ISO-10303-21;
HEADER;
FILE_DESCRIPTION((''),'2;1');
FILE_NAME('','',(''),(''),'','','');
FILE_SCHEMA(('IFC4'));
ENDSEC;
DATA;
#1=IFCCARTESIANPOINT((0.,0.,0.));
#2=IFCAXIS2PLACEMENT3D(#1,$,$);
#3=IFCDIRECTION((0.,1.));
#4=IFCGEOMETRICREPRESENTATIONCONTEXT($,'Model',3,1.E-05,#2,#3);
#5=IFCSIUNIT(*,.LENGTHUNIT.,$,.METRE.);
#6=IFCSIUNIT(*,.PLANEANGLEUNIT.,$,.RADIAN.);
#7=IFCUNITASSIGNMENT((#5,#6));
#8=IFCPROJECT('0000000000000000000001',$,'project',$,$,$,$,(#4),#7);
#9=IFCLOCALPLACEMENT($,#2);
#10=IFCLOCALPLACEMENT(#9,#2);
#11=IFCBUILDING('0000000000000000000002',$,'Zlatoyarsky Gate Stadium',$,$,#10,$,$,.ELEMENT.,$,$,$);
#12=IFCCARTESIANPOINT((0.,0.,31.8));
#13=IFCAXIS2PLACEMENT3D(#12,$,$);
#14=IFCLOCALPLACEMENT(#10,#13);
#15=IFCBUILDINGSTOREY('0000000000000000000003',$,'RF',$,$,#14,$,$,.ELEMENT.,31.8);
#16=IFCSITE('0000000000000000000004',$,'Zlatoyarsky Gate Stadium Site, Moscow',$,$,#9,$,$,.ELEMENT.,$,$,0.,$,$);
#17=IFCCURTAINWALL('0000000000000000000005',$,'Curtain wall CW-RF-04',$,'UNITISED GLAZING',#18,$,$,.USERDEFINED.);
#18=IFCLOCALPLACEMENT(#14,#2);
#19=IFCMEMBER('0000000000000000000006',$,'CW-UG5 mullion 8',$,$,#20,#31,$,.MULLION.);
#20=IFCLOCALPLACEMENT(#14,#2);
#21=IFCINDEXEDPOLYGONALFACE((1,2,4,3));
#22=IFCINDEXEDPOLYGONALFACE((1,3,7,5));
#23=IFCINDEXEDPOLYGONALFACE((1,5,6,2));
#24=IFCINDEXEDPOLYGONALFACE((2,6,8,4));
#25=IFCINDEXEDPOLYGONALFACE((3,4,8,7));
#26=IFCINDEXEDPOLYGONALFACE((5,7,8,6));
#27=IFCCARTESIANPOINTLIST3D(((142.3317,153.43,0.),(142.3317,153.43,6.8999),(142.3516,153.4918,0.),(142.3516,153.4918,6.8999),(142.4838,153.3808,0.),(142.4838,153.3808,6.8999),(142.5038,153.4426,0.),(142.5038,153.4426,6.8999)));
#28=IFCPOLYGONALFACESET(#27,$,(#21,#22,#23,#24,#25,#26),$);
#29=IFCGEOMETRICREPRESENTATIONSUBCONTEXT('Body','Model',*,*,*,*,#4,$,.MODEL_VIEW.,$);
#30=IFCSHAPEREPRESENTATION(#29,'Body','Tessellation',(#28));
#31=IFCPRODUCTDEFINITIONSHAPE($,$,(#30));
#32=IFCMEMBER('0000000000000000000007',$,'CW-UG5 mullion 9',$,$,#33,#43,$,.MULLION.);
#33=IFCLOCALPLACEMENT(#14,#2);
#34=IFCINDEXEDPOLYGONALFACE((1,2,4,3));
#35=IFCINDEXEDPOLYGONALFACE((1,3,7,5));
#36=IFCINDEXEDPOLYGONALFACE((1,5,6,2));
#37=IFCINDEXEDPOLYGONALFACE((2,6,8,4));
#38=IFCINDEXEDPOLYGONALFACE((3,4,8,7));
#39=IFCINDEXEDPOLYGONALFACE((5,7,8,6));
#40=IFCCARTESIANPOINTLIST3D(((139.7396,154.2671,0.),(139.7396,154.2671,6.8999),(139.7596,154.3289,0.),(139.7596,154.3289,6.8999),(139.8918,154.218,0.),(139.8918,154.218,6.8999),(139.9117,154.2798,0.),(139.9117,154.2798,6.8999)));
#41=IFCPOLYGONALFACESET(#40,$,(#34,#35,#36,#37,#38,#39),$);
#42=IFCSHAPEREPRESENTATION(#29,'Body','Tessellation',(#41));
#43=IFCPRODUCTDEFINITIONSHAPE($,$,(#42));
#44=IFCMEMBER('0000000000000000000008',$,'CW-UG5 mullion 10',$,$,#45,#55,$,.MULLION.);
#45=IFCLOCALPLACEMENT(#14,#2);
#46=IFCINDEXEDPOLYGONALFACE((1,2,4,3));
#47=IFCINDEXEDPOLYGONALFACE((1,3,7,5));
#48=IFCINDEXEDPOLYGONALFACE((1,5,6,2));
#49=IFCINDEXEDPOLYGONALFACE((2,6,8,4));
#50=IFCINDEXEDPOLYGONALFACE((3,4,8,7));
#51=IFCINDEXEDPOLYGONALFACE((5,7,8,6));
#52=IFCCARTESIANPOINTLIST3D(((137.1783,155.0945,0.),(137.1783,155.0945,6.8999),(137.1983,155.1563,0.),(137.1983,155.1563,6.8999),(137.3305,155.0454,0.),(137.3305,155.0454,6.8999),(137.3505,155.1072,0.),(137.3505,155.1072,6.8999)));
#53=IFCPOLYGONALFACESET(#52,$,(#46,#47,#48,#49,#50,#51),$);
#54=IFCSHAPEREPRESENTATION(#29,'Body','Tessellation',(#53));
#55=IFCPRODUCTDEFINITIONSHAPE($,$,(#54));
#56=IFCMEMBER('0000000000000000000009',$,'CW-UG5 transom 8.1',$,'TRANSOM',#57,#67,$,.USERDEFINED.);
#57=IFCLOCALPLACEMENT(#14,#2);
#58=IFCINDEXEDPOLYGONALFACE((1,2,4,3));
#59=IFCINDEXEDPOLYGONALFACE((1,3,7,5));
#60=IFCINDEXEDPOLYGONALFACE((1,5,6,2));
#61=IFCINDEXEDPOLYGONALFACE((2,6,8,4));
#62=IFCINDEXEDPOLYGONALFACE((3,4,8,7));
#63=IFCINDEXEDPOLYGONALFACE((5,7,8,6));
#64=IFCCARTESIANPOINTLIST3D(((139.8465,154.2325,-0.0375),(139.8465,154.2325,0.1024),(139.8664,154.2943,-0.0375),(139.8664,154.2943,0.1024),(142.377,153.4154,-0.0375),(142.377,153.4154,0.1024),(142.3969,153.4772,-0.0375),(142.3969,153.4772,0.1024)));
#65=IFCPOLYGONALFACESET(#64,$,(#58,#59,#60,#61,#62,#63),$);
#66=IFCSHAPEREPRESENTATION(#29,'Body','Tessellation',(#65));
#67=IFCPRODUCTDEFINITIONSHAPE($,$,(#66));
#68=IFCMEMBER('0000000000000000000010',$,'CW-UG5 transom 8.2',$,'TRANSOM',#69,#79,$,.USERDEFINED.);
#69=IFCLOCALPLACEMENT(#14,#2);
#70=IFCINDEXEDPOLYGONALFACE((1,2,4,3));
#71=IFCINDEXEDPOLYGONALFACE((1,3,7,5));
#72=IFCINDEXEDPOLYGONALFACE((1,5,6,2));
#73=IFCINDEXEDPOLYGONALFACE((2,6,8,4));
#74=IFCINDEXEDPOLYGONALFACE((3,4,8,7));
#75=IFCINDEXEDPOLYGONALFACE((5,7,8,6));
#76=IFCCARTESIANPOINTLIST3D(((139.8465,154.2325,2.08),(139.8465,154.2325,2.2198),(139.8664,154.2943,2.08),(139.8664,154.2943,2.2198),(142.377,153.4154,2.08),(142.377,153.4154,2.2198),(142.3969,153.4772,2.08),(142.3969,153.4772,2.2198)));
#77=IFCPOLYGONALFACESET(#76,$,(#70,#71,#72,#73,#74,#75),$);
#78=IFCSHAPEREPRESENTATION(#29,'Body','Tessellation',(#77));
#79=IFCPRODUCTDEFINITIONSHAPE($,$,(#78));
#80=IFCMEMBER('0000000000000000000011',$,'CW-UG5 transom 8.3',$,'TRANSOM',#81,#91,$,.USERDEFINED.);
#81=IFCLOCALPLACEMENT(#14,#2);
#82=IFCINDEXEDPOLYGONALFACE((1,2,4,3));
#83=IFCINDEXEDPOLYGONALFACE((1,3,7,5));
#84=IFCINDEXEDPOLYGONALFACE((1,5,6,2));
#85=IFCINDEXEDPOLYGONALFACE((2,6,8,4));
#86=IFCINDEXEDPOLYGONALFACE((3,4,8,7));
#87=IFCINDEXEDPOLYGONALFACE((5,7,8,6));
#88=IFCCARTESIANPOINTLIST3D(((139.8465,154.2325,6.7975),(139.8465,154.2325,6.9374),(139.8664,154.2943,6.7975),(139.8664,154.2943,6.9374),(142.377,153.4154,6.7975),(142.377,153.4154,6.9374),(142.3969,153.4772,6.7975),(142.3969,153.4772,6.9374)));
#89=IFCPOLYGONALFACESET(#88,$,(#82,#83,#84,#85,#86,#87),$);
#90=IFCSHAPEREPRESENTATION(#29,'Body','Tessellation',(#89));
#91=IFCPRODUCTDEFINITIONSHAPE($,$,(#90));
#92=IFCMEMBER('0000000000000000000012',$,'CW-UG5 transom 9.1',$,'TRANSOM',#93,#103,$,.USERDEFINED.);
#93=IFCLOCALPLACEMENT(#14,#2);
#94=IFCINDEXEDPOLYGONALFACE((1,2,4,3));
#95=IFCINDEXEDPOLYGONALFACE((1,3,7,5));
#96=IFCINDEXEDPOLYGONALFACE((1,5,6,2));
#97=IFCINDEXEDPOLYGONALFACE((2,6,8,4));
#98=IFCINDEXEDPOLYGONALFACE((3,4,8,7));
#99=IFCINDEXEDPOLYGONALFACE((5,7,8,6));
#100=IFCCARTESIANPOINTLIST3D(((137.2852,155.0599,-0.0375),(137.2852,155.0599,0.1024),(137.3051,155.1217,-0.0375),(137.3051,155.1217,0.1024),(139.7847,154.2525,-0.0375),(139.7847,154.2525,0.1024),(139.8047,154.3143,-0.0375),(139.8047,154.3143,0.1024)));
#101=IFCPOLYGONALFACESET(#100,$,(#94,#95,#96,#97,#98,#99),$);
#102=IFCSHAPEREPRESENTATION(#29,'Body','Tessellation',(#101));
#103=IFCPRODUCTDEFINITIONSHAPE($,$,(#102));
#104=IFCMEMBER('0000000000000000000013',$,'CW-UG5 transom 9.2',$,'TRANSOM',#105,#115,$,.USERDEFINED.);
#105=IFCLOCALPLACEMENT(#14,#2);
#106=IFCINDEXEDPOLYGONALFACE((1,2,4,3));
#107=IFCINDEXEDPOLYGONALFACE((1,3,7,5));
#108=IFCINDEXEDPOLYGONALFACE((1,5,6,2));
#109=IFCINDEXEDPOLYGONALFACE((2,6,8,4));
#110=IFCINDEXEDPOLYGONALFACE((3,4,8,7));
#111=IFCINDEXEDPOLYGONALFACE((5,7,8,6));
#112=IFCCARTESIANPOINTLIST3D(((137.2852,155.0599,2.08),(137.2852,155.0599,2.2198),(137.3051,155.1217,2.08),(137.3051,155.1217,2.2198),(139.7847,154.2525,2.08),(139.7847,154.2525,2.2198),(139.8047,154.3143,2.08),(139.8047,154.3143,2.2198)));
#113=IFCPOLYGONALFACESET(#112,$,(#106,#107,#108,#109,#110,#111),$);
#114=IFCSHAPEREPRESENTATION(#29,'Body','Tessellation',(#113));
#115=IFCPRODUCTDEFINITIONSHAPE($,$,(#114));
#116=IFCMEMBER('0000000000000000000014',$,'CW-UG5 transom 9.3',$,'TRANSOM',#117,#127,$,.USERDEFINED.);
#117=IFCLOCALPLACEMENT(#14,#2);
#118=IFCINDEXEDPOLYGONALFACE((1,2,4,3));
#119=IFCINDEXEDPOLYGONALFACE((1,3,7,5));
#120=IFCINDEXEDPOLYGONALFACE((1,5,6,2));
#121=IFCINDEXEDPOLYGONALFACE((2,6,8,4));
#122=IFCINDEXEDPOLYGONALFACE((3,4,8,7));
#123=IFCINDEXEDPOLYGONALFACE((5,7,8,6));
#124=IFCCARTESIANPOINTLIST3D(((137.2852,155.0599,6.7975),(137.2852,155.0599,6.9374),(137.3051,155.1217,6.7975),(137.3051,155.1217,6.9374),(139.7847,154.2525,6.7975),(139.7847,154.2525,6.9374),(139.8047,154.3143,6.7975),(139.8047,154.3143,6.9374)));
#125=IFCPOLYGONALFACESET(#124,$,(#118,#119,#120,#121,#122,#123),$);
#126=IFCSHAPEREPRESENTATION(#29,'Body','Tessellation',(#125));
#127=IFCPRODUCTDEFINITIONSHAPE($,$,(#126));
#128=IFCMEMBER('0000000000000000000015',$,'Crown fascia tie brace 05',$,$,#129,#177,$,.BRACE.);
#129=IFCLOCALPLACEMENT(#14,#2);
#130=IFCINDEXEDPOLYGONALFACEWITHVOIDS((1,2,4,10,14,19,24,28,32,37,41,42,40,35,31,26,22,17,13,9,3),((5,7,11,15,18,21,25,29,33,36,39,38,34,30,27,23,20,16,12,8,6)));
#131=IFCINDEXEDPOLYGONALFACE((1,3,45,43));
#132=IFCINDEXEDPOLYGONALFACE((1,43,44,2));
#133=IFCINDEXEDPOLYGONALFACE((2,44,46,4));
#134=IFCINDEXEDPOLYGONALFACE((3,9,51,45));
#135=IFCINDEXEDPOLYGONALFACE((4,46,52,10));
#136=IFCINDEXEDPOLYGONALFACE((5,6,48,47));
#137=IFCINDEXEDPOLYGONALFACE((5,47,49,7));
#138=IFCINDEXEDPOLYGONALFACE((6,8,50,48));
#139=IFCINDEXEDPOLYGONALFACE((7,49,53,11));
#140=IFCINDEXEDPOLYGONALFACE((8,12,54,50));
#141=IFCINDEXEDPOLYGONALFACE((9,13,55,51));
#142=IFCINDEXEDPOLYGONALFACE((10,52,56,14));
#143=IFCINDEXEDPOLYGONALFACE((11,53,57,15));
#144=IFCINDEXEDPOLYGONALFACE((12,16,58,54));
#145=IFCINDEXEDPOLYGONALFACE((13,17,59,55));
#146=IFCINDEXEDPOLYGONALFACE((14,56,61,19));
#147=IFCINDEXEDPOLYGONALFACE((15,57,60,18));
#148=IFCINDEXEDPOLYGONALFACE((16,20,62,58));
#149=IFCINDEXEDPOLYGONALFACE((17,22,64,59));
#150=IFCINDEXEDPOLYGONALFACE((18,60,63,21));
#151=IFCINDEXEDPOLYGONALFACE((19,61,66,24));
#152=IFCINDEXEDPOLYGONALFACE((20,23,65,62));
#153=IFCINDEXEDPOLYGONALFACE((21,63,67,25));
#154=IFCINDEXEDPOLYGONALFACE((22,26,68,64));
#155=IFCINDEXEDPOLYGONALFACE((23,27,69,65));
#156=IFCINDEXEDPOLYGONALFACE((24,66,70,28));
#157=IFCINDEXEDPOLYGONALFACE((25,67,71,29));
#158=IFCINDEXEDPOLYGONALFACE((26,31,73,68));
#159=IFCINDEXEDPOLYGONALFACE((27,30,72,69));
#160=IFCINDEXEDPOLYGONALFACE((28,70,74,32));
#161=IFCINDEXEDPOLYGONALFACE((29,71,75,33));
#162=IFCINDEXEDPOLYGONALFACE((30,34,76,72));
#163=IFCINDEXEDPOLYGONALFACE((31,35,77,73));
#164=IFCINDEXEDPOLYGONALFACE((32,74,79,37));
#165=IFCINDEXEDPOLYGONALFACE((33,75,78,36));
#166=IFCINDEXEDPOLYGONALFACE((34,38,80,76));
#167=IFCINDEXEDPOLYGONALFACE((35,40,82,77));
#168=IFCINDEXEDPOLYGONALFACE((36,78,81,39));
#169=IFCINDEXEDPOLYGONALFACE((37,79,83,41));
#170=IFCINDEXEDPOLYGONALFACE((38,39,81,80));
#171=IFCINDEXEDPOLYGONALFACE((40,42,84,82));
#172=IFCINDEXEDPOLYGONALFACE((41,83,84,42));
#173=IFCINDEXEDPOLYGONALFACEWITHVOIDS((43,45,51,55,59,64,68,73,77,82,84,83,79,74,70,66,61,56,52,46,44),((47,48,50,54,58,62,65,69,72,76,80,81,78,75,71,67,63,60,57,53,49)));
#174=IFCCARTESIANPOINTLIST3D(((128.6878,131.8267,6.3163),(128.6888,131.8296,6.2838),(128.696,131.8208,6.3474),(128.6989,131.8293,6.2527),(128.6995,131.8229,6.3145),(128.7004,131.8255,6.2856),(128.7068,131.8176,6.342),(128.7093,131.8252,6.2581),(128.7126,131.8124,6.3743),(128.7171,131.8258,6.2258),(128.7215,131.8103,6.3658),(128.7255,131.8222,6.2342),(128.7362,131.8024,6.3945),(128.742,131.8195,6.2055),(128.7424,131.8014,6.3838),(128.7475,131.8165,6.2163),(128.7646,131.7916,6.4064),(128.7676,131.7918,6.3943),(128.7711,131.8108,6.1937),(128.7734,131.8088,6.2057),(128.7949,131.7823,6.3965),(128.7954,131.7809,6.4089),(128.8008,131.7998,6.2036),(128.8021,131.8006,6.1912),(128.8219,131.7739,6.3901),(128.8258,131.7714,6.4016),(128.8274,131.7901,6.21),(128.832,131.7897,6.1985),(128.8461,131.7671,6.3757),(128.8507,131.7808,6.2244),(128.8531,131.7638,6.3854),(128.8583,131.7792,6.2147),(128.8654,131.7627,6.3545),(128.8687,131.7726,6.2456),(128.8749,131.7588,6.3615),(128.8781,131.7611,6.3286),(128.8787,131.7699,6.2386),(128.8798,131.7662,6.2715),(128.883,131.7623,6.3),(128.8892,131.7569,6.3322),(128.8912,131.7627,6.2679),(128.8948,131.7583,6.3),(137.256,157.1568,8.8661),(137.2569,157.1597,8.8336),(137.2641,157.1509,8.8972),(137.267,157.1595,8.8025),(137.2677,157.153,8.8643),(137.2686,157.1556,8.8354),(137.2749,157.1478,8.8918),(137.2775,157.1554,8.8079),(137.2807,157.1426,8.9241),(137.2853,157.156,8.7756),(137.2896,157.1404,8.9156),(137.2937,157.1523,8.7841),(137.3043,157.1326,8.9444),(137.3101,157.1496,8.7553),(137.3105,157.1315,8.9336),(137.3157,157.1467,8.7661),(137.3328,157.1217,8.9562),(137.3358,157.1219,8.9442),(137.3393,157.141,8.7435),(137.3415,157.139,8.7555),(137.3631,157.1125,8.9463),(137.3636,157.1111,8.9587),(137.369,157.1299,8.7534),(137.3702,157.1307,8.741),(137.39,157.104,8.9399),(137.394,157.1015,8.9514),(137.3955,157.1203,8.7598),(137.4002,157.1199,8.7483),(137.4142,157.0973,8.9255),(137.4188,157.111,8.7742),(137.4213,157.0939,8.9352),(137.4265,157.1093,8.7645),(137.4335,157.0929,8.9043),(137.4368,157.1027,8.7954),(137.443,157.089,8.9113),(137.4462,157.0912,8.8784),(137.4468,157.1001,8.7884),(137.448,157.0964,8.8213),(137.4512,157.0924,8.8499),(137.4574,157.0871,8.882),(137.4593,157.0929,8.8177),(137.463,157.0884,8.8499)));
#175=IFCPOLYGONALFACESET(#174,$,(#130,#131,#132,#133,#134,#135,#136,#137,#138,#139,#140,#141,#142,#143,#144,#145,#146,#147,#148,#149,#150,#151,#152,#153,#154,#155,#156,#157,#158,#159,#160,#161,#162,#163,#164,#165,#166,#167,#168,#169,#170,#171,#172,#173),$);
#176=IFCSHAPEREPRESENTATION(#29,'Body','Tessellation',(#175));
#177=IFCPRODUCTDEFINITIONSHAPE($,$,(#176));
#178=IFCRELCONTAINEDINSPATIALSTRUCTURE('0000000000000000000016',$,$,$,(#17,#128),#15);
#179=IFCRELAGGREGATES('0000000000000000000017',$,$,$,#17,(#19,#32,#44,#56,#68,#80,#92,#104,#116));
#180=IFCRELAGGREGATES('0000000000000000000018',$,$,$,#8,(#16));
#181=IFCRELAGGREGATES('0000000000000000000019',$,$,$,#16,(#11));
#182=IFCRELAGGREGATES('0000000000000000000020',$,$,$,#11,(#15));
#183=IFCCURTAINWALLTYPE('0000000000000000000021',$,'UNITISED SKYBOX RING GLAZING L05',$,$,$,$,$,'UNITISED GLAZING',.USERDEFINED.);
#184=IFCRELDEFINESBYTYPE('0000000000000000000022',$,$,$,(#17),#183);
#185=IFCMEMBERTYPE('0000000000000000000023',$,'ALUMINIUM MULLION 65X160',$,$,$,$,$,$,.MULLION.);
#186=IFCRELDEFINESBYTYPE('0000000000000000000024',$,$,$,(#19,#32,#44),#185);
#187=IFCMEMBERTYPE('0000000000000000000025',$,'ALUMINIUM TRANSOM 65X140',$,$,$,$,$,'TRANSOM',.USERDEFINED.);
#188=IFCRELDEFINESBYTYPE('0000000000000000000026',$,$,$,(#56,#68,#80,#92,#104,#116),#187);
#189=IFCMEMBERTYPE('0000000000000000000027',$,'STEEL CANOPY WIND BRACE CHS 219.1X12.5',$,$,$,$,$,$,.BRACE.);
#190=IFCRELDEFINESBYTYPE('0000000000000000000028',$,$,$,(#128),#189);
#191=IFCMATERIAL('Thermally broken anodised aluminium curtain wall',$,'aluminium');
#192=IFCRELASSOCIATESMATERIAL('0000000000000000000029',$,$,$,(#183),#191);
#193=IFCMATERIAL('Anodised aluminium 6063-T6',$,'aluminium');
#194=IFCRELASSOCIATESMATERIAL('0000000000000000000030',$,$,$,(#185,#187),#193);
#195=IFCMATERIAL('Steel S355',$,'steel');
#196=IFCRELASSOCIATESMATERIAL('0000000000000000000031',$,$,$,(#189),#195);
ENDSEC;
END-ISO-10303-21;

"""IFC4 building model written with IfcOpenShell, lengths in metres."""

from ifc_helpers import new_model, si_unit, direction, frame, origin, origin_2d, place, context, subcontext, project, spatial, rectangle, hollow_circle, extrude, material, material_profile, profile_set, type_object, element, aggregate, save


model = new_model("IFC4")

# Units and contexts
model_context = context("Model", 3, precision=1e-05, world=origin(), true_north=direction((0.0, 1.0)))
body_context = subcontext(model_context, "Body", "Model", "MODEL_VIEW")
ifc_project = project(units=[si_unit("LENGTHUNIT", "METRE"), si_unit("PLANEANGLEUNIT", "RADIAN")], contexts=[model_context])

# Site, building, storey
site_placement = place(None, origin())
site = spatial("IfcSite", under=ifc_project, at=site_placement, Name="Zlatoyarsky Gate Stadium Site, Moscow", CompositionType="ELEMENT", RefElevation=0.0)
building_placement = place(site_placement, origin())
building = spatial("IfcBuilding", under=site, at=building_placement, Name="Zlatoyarsky Gate Stadium", CompositionType="ELEMENT")
storey_placement = place(building_placement, frame((0.0, 0.0, 31.8)))
storey = spatial("IfcBuildingStorey", under=building, at=storey_placement, Name="RF", CompositionType="ELEMENT", Elevation=31.8)

# Curtain wall, members
ifc_material_1 = material(Name="Thermally broken anodised aluminium curtain wall", Category="aluminium")
curtain_wall_type = type_object("IfcCurtainWallType", Name="UNITISED SKYBOX RING GLAZING L05", ElementType="UNITISED GLAZING", PredefinedType="USERDEFINED", material=ifc_material_1)
curtain_wall_placement = place(storey_placement, origin())
curtain_wall = element("IfcCurtainWall", 1, at=curtain_wall_placement, inside=storey, type_object=curtain_wall_type, Name="Curtain wall CW-RF-04", ObjectType="UNITISED GLAZING", PredefinedType="USERDEFINED")
ifc_material_2 = material(Name="Anodised aluminium 6063-T6", Category="aluminium")
ifc_material_profile_1 = material_profile(ifc_material_2, rectangle(XDim=0.0649, YDim=0.1599, at=origin_2d()), Name="ALU 65X160")
ifc_profile_set_1 = profile_set([ifc_material_profile_1], Name="Anodised aluminium 6063-T6")
member_type_1 = type_object("IfcMemberType", Name="ALUMINIUM MULLION 65X160", PredefinedType="MULLION", material=ifc_profile_set_1)
member_1_placement = place(storey_placement, frame((142.4177, 153.4363, 0.0), z_axis=(0.0, 0.0, 1.0), x_axis=(-0.307352, -0.951596, 0.0)))
member_1 = element("IfcMember", 2, at=member_1_placement, type_object=member_type_1, Name="CW-UG5 mullion 8", PredefinedType="MULLION", context=body_context, shape_type="SweptSolid", body=[
    extrude(rectangle(XDim=0.0649, YDim=0.1599, at=origin_2d()), origin(), (0.0, 0.0, 1.0), 6.8999),
])
member_2_placement = place(storey_placement, frame((139.8257, 154.2734, 0.0), z_axis=(0.0, 0.0, 1.0), x_axis=(-0.307352, -0.951596, 0.0)))
member_2 = element("IfcMember", 3, at=member_2_placement, type_object=member_type_1, Name="CW-UG5 mullion 9", PredefinedType="MULLION", context=body_context, shape_type="SweptSolid", body=[
    extrude(rectangle(XDim=0.0649, YDim=0.1599, at=origin_2d()), origin(), (0.0, 0.0, 1.0), 6.8999),
])
member_3_placement = place(storey_placement, frame((137.2644, 155.1008, 0.0), z_axis=(0.0, 0.0, 1.0), x_axis=(-0.307352, -0.951596, 0.0)))
member_3 = element("IfcMember", 4, at=member_3_placement, type_object=member_type_1, Name="CW-UG5 mullion 10", PredefinedType="MULLION", context=body_context, shape_type="SweptSolid", body=[
    extrude(rectangle(XDim=0.0649, YDim=0.1599, at=origin_2d()), origin(), (0.0, 0.0, 1.0), 6.8999),
])
ifc_material_profile_2 = material_profile(ifc_material_2, rectangle(XDim=0.0649, YDim=0.1399, at=origin_2d()), Name="ALU 65X140")
ifc_profile_set_2 = profile_set([ifc_material_profile_2], Name="Anodised aluminium 6063-T6")
member_type_2 = type_object("IfcMemberType", Name="ALUMINIUM TRANSOM 65X140", ElementType="TRANSOM", PredefinedType="USERDEFINED", material=ifc_profile_set_2)
member_4_placement = place(storey_placement, frame((142.387, 153.4463, 0.0325), z_axis=(-0.951616, 0.30729, 0.0), x_axis=(-0.30729, -0.951616, 0.0)))
member_4 = element("IfcMember", 5, at=member_4_placement, type_object=member_type_2, Name="CW-UG5 transom 8.1", ObjectType="TRANSOM", PredefinedType="USERDEFINED", context=body_context, shape_type="SweptSolid", body=[
    extrude(rectangle(XDim=0.0649, YDim=0.1399, at=origin_2d()), origin(), (0.0, 0.0, 1.0), 2.6592),
])
member_5_placement = place(storey_placement, frame((142.387, 153.4463, 2.1499), z_axis=(-0.951616, 0.30729, 0.0), x_axis=(-0.30729, -0.951616, 0.0)))
member_5 = element("IfcMember", 6, at=member_5_placement, type_object=member_type_2, Name="CW-UG5 transom 8.2", ObjectType="TRANSOM", PredefinedType="USERDEFINED", context=body_context, shape_type="SweptSolid", body=[
    extrude(rectangle(XDim=0.0649, YDim=0.1399, at=origin_2d()), origin(), (0.0, 0.0, 1.0), 2.6592),
])
member_6_placement = place(storey_placement, frame((142.387, 153.4463, 6.8674), z_axis=(-0.951616, 0.30729, 0.0), x_axis=(-0.30729, -0.951616, 0.0)))
member_6 = element("IfcMember", 7, at=member_6_placement, type_object=member_type_2, Name="CW-UG5 transom 8.3", ObjectType="TRANSOM", PredefinedType="USERDEFINED", context=body_context, shape_type="SweptSolid", body=[
    extrude(rectangle(XDim=0.0649, YDim=0.1399, at=origin_2d()), origin(), (0.0, 0.0, 1.0), 2.6592),
])
member_7_placement = place(storey_placement, frame((139.7947, 154.2834, 0.0325), z_axis=(-0.951589, 0.307375, 0.0), x_axis=(-0.307375, -0.951589, 0.0)))
member_7 = element("IfcMember", 8, at=member_7_placement, type_object=member_type_2, Name="CW-UG5 transom 9.1", ObjectType="TRANSOM", PredefinedType="USERDEFINED", context=body_context, shape_type="SweptSolid", body=[
    extrude(rectangle(XDim=0.0649, YDim=0.1399, at=origin_2d()), origin(), (0.0, 0.0, 1.0), 2.6267),
])
member_8_placement = place(storey_placement, frame((139.7947, 154.2834, 2.1499), z_axis=(-0.951589, 0.307375, 0.0), x_axis=(-0.307375, -0.951589, 0.0)))
member_8 = element("IfcMember", 9, at=member_8_placement, type_object=member_type_2, Name="CW-UG5 transom 9.2", ObjectType="TRANSOM", PredefinedType="USERDEFINED", context=body_context, shape_type="SweptSolid", body=[
    extrude(rectangle(XDim=0.0649, YDim=0.1399, at=origin_2d()), origin(), (0.0, 0.0, 1.0), 2.6267),
])
member_9_placement = place(storey_placement, frame((139.7947, 154.2834, 6.8674), z_axis=(-0.951589, 0.307375, 0.0), x_axis=(-0.307375, -0.951589, 0.0)))
member_9 = element("IfcMember", 10, at=member_9_placement, type_object=member_type_2, Name="CW-UG5 transom 9.3", ObjectType="TRANSOM", PredefinedType="USERDEFINED", context=body_context, shape_type="SweptSolid", body=[
    extrude(rectangle(XDim=0.0649, YDim=0.1399, at=origin_2d()), origin(), (0.0, 0.0, 1.0), 2.6267),
])

# Member
ifc_material_3 = material(Name="Steel S355", Category="steel")
ifc_material_profile_3 = material_profile(ifc_material_3, hollow_circle(Radius=0.1096, WallThickness=0.0125, at=origin_2d()), Name="CHS 219.1X12.5")
ifc_profile_set_3 = profile_set([ifc_material_profile_3], Name="Steel S355")
member_type_3 = type_object("IfcMemberType", Name="STEEL CANOPY WIND BRACE CHS 219.1X12.5", PredefinedType="BRACE", material=ifc_profile_set_3)
member_10_placement = place(storey_placement, frame((137.3591, 157.1235, 8.8499), z_axis=(-0.318977, -0.942997, -0.094925), x_axis=(0.947274, -0.320424, 0.0)))
element("IfcMember", 11, at=member_10_placement, inside=storey, type_object=member_type_3, Name="Crown fascia tie brace 05", PredefinedType="BRACE", context=body_context, shape_type="SweptSolid", body=[
    extrude(hollow_circle(Radius=0.1096, WallThickness=0.0125, at=origin_2d()), origin(), (0.0, 0.0, 1.0), 26.8613),
])

aggregate(curtain_wall, [member_1, member_2, member_3, member_4, member_5, member_6, member_7, member_8, member_9])

save(model, "model.ifc")
